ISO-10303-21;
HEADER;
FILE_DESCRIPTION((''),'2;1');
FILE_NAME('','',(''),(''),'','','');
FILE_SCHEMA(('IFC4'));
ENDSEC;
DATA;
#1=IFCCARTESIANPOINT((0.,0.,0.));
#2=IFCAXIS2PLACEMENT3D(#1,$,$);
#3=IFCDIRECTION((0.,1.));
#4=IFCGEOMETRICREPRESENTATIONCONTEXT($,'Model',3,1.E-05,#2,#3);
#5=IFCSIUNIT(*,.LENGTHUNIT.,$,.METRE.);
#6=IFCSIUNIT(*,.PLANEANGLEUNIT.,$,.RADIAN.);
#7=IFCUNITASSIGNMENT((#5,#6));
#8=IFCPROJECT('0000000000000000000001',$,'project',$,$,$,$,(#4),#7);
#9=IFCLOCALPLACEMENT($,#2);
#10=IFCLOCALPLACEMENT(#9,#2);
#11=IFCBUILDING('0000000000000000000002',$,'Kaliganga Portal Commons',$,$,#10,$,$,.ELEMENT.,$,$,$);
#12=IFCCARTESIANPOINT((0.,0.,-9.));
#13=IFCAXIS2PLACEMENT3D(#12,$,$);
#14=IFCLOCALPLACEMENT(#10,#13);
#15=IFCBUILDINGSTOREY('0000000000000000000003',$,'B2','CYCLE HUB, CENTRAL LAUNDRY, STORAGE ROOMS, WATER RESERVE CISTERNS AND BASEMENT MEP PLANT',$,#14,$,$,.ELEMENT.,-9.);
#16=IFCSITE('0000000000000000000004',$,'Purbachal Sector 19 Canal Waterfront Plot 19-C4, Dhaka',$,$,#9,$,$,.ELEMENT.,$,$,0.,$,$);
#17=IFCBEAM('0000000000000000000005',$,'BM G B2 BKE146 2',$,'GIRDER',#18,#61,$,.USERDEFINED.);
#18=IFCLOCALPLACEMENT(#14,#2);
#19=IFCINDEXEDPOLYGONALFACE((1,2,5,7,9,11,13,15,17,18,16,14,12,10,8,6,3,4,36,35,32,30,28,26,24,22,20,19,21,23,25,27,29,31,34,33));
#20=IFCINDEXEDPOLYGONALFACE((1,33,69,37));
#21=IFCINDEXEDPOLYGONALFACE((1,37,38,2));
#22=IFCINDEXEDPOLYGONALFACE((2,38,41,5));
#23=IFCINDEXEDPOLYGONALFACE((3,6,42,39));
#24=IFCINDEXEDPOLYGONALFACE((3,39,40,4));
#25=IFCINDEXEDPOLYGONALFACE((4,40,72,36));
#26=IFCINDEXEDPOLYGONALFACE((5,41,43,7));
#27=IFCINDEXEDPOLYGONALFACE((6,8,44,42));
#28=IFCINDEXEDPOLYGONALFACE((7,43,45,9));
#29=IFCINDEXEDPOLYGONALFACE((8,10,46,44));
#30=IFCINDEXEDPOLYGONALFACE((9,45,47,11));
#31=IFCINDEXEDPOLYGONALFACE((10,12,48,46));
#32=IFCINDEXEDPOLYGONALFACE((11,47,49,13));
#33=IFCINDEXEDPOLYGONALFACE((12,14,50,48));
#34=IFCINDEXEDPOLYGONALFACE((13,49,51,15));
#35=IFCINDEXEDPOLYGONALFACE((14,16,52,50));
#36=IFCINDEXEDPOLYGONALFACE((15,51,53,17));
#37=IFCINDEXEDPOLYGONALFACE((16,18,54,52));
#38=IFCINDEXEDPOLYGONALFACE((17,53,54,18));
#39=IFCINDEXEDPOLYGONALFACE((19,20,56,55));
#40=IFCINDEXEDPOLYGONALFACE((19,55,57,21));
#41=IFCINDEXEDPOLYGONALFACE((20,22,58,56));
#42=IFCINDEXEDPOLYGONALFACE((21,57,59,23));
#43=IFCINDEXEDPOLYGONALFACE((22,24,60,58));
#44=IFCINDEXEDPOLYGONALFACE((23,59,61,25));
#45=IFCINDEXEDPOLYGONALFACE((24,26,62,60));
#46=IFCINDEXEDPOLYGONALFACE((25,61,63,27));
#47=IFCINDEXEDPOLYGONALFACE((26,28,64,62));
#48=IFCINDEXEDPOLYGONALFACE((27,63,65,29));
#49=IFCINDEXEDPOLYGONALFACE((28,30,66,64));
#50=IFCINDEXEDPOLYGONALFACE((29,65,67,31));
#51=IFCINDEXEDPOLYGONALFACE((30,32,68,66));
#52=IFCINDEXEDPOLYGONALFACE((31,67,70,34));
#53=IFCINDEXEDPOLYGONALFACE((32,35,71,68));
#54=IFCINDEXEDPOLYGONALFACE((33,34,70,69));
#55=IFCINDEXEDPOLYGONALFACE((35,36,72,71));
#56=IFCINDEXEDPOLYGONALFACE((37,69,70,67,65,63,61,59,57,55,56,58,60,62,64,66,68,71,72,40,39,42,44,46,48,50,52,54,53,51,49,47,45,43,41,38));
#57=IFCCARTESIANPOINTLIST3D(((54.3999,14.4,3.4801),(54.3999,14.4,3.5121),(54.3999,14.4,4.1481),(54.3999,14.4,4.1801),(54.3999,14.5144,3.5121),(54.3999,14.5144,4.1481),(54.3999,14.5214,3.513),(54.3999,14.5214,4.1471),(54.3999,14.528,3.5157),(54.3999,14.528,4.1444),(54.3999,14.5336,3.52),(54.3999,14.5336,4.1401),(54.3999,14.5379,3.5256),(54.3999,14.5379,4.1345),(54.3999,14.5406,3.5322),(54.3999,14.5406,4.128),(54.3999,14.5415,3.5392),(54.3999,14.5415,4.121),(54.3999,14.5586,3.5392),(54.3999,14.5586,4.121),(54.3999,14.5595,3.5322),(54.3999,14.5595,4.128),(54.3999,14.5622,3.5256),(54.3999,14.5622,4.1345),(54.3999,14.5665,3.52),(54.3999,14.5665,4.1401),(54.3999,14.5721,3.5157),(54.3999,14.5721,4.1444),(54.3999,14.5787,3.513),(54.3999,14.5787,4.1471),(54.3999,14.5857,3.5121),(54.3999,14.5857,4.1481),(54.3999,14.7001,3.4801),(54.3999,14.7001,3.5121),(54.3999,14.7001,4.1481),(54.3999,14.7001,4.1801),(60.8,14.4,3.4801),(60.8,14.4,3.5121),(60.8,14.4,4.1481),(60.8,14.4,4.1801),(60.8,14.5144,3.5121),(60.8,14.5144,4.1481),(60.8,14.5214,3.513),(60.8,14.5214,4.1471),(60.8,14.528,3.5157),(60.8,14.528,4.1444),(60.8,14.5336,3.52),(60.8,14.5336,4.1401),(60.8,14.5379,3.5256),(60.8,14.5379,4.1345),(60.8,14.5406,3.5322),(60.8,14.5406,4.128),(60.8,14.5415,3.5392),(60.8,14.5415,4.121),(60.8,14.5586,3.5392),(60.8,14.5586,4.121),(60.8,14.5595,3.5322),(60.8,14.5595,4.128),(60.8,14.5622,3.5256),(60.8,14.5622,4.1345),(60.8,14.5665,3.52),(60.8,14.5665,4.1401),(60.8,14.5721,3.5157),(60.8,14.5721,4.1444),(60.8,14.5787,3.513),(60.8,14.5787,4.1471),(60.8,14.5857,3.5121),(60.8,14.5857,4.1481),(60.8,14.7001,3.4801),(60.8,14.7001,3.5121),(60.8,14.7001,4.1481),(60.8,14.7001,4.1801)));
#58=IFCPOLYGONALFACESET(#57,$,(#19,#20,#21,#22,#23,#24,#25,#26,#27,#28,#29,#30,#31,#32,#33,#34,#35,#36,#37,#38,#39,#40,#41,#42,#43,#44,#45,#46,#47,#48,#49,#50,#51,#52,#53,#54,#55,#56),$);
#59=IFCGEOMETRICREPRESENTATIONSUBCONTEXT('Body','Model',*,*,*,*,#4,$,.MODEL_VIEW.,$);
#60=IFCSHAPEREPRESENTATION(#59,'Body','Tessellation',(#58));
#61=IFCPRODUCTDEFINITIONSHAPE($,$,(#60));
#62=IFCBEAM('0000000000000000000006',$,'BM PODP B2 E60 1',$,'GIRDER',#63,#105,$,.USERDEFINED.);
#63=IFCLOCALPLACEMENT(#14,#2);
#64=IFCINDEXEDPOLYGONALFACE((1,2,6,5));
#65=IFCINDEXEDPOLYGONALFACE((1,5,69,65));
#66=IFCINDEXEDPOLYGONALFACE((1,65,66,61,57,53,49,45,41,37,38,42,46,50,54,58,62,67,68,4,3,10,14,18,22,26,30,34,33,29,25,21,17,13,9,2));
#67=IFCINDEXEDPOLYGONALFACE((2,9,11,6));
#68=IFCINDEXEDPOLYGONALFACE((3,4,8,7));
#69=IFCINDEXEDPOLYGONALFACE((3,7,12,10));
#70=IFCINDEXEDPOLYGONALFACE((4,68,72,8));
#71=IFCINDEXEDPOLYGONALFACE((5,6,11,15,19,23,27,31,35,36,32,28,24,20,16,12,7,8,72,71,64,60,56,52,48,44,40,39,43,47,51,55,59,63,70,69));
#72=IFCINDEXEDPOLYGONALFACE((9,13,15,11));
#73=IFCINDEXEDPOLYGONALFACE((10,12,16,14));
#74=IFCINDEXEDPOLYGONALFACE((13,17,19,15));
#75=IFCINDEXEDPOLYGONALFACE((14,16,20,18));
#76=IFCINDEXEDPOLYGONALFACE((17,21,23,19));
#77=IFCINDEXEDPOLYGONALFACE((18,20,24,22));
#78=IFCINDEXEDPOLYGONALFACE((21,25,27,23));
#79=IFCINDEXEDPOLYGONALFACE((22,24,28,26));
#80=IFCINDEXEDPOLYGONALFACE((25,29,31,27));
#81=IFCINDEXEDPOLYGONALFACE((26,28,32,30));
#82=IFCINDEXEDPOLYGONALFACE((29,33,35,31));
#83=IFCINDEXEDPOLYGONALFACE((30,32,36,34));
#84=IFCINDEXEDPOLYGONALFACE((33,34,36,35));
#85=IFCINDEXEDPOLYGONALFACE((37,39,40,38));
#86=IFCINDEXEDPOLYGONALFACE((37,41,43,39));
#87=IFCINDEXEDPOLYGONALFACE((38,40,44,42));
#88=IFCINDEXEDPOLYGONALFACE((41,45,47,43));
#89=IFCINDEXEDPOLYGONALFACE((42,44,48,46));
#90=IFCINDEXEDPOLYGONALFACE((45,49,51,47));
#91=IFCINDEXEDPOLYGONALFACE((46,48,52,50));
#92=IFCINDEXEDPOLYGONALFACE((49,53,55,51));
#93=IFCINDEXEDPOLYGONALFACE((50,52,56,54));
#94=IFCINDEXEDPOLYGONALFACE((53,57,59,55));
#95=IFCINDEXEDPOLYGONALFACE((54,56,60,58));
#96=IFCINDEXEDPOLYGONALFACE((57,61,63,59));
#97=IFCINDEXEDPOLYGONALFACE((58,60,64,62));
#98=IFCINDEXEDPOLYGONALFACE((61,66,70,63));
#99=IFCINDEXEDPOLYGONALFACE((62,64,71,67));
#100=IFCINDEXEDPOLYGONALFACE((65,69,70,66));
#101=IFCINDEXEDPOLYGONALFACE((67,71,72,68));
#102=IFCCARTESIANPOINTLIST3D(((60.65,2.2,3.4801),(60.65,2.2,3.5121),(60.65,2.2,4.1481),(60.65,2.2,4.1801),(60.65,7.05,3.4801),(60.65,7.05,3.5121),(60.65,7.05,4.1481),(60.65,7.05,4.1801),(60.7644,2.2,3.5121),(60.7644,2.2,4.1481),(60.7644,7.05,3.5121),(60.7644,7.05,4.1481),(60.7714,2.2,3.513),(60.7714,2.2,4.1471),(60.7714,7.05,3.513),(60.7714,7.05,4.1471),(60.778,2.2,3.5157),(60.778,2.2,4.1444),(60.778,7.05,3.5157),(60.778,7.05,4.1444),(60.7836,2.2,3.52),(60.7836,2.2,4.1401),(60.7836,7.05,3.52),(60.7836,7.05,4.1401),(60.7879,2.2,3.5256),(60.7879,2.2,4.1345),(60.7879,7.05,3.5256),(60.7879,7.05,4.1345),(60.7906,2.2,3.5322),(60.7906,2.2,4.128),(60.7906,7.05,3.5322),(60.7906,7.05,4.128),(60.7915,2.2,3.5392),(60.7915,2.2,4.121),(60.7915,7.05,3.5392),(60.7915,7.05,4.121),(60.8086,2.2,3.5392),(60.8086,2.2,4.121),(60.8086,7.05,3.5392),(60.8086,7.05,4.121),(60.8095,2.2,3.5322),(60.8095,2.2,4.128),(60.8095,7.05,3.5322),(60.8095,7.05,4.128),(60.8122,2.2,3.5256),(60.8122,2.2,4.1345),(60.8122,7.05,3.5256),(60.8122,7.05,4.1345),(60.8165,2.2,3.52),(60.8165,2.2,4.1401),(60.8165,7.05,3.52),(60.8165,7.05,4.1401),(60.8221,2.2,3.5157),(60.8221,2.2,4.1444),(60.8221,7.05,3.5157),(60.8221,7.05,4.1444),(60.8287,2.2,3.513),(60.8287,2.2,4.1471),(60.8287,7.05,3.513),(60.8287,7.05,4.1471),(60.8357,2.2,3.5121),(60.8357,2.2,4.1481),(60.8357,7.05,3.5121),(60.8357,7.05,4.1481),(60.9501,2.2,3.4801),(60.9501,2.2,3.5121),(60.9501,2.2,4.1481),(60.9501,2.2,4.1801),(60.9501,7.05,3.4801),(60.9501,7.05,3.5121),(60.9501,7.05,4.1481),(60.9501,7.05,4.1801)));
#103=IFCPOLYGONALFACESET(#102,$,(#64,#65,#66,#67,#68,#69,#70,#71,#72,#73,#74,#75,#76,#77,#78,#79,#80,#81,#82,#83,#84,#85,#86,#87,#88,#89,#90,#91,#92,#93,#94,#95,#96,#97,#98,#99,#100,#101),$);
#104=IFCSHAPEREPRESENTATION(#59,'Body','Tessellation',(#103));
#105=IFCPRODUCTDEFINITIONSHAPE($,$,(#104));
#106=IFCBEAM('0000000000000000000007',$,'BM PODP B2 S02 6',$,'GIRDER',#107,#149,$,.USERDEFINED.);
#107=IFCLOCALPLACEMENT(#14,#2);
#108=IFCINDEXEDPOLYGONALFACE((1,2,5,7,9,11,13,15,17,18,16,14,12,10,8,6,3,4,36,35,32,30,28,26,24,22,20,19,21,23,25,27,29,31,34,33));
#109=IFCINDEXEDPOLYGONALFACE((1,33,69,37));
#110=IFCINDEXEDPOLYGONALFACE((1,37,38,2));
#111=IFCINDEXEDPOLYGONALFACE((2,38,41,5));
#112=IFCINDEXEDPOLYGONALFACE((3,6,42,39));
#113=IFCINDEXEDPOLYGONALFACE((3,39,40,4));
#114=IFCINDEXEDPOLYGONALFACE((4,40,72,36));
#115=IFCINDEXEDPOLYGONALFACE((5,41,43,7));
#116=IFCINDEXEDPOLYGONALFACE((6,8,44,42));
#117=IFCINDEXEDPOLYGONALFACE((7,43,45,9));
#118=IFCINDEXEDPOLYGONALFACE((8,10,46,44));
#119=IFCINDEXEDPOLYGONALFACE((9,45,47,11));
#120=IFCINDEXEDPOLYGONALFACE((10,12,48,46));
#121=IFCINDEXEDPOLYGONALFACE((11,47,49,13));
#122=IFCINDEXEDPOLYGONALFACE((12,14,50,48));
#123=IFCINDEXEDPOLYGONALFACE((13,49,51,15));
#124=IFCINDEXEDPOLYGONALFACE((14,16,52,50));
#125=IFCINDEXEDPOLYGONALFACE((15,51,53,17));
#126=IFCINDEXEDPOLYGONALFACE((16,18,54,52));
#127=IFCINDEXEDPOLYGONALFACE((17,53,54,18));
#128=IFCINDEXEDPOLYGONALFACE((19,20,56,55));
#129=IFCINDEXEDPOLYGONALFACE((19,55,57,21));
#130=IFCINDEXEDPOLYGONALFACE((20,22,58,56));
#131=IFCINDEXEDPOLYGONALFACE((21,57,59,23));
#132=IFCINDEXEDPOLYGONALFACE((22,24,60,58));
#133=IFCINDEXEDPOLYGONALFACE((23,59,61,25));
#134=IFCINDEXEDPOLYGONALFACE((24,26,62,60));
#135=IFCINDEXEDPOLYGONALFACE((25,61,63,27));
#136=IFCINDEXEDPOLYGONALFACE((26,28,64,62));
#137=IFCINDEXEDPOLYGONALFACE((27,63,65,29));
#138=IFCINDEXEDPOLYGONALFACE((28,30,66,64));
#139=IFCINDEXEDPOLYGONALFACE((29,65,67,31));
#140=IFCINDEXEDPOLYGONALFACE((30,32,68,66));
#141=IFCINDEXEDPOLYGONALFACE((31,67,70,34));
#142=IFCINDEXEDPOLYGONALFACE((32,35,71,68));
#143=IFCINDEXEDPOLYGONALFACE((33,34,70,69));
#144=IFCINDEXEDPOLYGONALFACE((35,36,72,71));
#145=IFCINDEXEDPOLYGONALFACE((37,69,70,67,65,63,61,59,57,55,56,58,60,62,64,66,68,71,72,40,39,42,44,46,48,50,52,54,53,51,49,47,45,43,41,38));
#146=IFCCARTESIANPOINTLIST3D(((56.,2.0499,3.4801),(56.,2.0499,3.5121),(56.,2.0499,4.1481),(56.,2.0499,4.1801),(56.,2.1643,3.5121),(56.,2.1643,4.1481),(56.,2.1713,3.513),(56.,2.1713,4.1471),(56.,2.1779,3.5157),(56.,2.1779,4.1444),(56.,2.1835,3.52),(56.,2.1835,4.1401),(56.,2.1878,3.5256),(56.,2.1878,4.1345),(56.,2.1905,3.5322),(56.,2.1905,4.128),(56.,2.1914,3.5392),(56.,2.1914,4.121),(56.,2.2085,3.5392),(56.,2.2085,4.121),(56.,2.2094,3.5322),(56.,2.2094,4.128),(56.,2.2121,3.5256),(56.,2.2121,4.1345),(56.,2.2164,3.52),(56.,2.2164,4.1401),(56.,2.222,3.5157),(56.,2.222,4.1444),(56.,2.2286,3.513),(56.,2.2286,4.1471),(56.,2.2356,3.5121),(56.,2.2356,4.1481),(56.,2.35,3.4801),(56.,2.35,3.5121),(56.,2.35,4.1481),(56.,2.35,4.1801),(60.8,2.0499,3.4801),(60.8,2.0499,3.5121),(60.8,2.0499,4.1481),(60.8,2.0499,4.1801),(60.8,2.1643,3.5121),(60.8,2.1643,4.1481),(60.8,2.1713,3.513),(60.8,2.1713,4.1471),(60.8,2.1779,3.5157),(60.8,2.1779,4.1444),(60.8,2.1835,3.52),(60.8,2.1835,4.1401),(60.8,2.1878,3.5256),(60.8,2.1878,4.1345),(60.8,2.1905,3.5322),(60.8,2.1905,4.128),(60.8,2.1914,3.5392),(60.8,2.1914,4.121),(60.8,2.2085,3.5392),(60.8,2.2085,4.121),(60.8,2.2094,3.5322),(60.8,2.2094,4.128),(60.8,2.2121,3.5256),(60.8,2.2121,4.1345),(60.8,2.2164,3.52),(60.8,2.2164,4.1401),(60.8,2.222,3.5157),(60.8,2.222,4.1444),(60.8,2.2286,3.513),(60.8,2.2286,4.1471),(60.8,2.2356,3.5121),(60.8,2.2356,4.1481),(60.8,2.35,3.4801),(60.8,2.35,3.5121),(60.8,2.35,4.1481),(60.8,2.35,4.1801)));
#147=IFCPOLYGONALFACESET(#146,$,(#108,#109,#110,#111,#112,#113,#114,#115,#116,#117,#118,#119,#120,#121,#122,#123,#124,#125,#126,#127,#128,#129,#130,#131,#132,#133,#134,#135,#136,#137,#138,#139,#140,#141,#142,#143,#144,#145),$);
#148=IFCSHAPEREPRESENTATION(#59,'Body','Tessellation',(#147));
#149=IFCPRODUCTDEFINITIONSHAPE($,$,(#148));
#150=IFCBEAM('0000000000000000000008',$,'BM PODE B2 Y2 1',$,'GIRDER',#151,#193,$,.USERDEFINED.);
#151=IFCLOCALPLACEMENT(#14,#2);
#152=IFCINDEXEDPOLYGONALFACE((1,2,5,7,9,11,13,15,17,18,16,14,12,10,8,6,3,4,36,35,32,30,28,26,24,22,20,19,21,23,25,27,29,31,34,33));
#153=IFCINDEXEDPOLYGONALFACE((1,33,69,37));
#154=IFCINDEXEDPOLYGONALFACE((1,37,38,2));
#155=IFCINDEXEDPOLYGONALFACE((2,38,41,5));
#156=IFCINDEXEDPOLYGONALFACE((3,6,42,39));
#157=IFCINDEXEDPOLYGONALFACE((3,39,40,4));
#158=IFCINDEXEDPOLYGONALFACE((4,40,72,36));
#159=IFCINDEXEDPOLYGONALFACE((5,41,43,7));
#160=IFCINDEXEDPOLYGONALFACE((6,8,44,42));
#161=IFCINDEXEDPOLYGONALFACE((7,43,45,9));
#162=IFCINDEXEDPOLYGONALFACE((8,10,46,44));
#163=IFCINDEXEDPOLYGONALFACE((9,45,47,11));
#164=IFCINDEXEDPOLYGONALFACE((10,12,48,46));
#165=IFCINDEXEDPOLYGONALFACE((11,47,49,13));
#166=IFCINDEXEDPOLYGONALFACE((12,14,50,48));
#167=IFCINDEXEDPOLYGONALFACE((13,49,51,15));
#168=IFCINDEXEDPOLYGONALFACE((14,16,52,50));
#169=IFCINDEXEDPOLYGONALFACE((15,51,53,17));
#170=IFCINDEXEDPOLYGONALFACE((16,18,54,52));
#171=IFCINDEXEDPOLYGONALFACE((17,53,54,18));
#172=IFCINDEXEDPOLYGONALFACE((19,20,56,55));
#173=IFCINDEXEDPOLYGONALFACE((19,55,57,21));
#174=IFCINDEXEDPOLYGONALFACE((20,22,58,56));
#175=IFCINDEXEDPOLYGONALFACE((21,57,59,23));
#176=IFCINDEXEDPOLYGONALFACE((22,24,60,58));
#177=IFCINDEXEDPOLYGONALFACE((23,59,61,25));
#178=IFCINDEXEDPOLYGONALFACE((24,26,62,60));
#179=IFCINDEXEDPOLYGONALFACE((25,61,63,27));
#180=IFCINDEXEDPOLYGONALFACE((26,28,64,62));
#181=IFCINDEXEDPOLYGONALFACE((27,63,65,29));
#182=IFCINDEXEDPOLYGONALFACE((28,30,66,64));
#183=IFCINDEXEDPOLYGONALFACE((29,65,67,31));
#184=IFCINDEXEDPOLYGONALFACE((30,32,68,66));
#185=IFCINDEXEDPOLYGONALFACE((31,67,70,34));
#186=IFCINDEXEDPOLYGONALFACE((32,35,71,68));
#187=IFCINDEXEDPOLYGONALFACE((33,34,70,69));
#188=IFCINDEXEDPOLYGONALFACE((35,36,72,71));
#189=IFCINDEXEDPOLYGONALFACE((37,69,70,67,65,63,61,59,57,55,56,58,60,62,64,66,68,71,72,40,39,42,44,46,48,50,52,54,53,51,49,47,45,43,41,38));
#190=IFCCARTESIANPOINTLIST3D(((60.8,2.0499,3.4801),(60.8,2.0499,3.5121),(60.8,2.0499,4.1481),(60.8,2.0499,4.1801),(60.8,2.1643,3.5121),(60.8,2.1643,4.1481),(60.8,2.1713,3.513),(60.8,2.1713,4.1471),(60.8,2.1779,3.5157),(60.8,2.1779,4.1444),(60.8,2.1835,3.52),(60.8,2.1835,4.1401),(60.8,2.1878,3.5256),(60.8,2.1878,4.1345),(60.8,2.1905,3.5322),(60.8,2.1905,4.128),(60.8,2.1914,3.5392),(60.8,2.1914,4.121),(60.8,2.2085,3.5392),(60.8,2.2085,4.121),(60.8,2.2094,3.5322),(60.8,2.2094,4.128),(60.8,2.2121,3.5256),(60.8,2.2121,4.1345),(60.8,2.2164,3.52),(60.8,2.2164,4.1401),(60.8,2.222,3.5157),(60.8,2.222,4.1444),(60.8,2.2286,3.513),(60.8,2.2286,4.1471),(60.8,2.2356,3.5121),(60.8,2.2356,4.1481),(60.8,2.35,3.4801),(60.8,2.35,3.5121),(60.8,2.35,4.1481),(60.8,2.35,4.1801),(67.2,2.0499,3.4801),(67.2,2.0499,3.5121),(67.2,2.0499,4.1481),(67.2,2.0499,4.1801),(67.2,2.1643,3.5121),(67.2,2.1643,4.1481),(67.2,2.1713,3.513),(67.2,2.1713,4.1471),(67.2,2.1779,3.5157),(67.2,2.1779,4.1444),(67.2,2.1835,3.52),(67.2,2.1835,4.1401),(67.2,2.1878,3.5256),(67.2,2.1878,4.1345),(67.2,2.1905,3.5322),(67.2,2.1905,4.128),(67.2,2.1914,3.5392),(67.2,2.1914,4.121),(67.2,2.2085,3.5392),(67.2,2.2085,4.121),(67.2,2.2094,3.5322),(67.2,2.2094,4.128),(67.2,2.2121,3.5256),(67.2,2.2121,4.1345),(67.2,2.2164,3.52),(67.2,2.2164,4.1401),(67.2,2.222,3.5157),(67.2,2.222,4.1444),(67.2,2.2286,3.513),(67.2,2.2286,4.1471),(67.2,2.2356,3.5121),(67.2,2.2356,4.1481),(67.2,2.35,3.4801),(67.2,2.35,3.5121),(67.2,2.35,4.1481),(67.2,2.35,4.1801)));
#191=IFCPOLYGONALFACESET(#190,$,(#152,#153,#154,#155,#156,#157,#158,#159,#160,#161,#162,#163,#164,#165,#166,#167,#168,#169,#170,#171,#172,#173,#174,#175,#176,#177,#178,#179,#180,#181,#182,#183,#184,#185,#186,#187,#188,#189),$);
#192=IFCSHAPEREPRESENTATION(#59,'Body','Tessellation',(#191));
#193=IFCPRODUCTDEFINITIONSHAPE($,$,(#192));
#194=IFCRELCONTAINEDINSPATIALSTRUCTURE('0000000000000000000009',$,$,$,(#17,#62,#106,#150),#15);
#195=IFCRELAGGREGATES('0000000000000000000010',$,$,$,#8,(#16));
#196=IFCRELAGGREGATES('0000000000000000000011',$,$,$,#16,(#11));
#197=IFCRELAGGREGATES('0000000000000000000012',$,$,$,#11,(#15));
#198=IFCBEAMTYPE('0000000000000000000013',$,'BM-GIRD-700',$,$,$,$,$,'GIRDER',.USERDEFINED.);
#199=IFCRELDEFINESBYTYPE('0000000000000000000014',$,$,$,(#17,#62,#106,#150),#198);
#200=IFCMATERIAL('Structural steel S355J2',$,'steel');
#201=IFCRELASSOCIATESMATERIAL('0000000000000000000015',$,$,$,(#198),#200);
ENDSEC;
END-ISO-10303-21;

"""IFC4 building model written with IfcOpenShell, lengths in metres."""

from ifc_helpers import new_model, si_unit, direction, frame, origin, origin_2d, place, context, subcontext, project, spatial, i_section, extrude, source, transform, mapped, material, material_profile, profile_set, type_object, element, save


model = new_model("IFC4")

# Units and contexts
model_context = context("Model", 3, precision=1e-05, world=origin(), true_north=direction((0.0, 1.0)))
body_context = subcontext(model_context, "Body", "Model", "MODEL_VIEW")
ifc_project = project(units=[si_unit("LENGTHUNIT", "METRE"), si_unit("PLANEANGLEUNIT", "RADIAN")], contexts=[model_context])

# Site, building, storey
site_placement = place(None, origin())
site = spatial("IfcSite", under=ifc_project, at=site_placement, Name="Purbachal Sector 19 Canal Waterfront Plot 19-C4, Dhaka", CompositionType="ELEMENT", RefElevation=0.0)
building_placement = place(site_placement, origin())
building = spatial("IfcBuilding", under=site, at=building_placement, Name="Kaliganga Portal Commons", CompositionType="ELEMENT")
storey_placement = place(building_placement, frame((0.0, 0.0, -9.0)))
storey = spatial("IfcBuildingStorey", under=building, at=storey_placement, Name="B2", Description="CYCLE HUB, CENTRAL LAUNDRY, STORAGE ROOMS, WATER RESERVE CISTERNS AND BASEMENT MEP PLANT", CompositionType="ELEMENT", Elevation=-9.0)

# Shared definitions
ifc_material_1 = material(Name="Structural steel S355J2", Category="steel")

# Beams
ifc_material_profile_1 = material_profile(ifc_material_1, i_section(OverallWidth=0.3, OverallDepth=0.7, WebThickness=0.0171, FlangeThickness=0.032, FilletRadius=0.0271, at=origin_2d()), Name="HE 700 B")
ifc_profile_set_1 = profile_set([ifc_material_profile_1], Name="Structural steel S355J2 wide-flange")
beam_type_1 = type_object("IfcBeamType", Name="BM-GIRD-700", ElementType="GIRDER", PredefinedType="USERDEFINED", material=ifc_profile_set_1)
shared_shape_1 = source(origin(), body_context, "Body", "SweptSolid", [
    extrude(i_section(OverallWidth=0.3, OverallDepth=0.7, WebThickness=0.0171, FlangeThickness=0.032, FilletRadius=0.0271, at=origin_2d()), origin(), (0.0, 0.0, 1.0), 6.4001),
])
for number, where, z_axis, x_axis, name in (
    (1, (54.3999, 14.55, 3.8301), (1.0, 0.0, 0.0), (0.0, 1.0, 0.0), "BM G B2 BKE146 2"),
):
    element("IfcBeam", number, at=place(storey_placement, frame(where, z_axis=z_axis, x_axis=x_axis)), inside=storey, type_object=beam_type_1, Name=name, ObjectType="GIRDER", PredefinedType="USERDEFINED", context=body_context, shape_type="MappedRepresentation", body=[
        mapped(shared_shape_1, transform((0.0, 0.0, 0.0), x_axis=(1.0, 0.0, 0.0), y_axis=(0.0, 1.0, 0.0), z_axis=(0.0, 0.0, 1.0), scale=1.0)),
    ])
shared_shape_2 = source(origin(), body_context, "Body", "SweptSolid", [
    extrude(i_section(OverallWidth=0.3, OverallDepth=0.7, WebThickness=0.0171, FlangeThickness=0.032, FilletRadius=0.0271, at=origin_2d()), origin(), (0.0, 0.0, 1.0), 4.8501),
])
beam_1_placement = place(storey_placement, frame((60.8, 2.2, 3.8301), z_axis=(0.0, 1.0, 0.0), x_axis=(-1.0, 0.0, 0.0)))
element("IfcBeam", 2, at=beam_1_placement, inside=storey, type_object=beam_type_1, Name="BM PODP B2 E60 1", ObjectType="GIRDER", PredefinedType="USERDEFINED", context=body_context, shape_type="MappedRepresentation", body=[
    mapped(shared_shape_2, transform((0.0, 0.0, 0.0), x_axis=(1.0, 0.0, 0.0), y_axis=(0.0, 1.0, 0.0), z_axis=(0.0, 0.0, 1.0), scale=1.0)),
])
shared_shape_3 = source(origin(), body_context, "Body", "SweptSolid", [
    extrude(i_section(OverallWidth=0.3, OverallDepth=0.7, WebThickness=0.0171, FlangeThickness=0.032, FilletRadius=0.0271, at=origin_2d()), origin(), (0.0, 0.0, 1.0), 4.8),
])
beam_2_placement = place(storey_placement, frame((56.0, 2.2, 3.8301), z_axis=(1.0, 0.0, 0.0), x_axis=(0.0, 1.0, 0.0)))
element("IfcBeam", 3, at=beam_2_placement, inside=storey, type_object=beam_type_1, Name="BM PODP B2 S02 6", ObjectType="GIRDER", PredefinedType="USERDEFINED", context=body_context, shape_type="MappedRepresentation", body=[
    mapped(shared_shape_3, transform((0.0, 0.0, 0.0), x_axis=(1.0, 0.0, 0.0), y_axis=(0.0, 1.0, 0.0), z_axis=(0.0, 0.0, 1.0), scale=1.0)),
])
shared_shape_4 = source(origin(), body_context, "Body", "SweptSolid", [
    extrude(i_section(OverallWidth=0.3, OverallDepth=0.7, WebThickness=0.0171, FlangeThickness=0.032, FilletRadius=0.0271, at=origin_2d()), origin(), (0.0, 0.0, 1.0), 6.3999),
])
beam_3_placement = place(storey_placement, frame((60.8, 2.2, 3.8301), z_axis=(1.0, 0.0, 0.0), x_axis=(0.0, 1.0, 0.0)))
element("IfcBeam", 4, at=beam_3_placement, inside=storey, type_object=beam_type_1, Name="BM PODE B2 Y2 1", ObjectType="GIRDER", PredefinedType="USERDEFINED", context=body_context, shape_type="MappedRepresentation", body=[
    mapped(shared_shape_4, transform((0.0, 0.0, 0.0), x_axis=(1.0, 0.0, 0.0), y_axis=(0.0, 1.0, 0.0), z_axis=(0.0, 0.0, 1.0), scale=1.0)),
])

save(model, "model.ifc")
